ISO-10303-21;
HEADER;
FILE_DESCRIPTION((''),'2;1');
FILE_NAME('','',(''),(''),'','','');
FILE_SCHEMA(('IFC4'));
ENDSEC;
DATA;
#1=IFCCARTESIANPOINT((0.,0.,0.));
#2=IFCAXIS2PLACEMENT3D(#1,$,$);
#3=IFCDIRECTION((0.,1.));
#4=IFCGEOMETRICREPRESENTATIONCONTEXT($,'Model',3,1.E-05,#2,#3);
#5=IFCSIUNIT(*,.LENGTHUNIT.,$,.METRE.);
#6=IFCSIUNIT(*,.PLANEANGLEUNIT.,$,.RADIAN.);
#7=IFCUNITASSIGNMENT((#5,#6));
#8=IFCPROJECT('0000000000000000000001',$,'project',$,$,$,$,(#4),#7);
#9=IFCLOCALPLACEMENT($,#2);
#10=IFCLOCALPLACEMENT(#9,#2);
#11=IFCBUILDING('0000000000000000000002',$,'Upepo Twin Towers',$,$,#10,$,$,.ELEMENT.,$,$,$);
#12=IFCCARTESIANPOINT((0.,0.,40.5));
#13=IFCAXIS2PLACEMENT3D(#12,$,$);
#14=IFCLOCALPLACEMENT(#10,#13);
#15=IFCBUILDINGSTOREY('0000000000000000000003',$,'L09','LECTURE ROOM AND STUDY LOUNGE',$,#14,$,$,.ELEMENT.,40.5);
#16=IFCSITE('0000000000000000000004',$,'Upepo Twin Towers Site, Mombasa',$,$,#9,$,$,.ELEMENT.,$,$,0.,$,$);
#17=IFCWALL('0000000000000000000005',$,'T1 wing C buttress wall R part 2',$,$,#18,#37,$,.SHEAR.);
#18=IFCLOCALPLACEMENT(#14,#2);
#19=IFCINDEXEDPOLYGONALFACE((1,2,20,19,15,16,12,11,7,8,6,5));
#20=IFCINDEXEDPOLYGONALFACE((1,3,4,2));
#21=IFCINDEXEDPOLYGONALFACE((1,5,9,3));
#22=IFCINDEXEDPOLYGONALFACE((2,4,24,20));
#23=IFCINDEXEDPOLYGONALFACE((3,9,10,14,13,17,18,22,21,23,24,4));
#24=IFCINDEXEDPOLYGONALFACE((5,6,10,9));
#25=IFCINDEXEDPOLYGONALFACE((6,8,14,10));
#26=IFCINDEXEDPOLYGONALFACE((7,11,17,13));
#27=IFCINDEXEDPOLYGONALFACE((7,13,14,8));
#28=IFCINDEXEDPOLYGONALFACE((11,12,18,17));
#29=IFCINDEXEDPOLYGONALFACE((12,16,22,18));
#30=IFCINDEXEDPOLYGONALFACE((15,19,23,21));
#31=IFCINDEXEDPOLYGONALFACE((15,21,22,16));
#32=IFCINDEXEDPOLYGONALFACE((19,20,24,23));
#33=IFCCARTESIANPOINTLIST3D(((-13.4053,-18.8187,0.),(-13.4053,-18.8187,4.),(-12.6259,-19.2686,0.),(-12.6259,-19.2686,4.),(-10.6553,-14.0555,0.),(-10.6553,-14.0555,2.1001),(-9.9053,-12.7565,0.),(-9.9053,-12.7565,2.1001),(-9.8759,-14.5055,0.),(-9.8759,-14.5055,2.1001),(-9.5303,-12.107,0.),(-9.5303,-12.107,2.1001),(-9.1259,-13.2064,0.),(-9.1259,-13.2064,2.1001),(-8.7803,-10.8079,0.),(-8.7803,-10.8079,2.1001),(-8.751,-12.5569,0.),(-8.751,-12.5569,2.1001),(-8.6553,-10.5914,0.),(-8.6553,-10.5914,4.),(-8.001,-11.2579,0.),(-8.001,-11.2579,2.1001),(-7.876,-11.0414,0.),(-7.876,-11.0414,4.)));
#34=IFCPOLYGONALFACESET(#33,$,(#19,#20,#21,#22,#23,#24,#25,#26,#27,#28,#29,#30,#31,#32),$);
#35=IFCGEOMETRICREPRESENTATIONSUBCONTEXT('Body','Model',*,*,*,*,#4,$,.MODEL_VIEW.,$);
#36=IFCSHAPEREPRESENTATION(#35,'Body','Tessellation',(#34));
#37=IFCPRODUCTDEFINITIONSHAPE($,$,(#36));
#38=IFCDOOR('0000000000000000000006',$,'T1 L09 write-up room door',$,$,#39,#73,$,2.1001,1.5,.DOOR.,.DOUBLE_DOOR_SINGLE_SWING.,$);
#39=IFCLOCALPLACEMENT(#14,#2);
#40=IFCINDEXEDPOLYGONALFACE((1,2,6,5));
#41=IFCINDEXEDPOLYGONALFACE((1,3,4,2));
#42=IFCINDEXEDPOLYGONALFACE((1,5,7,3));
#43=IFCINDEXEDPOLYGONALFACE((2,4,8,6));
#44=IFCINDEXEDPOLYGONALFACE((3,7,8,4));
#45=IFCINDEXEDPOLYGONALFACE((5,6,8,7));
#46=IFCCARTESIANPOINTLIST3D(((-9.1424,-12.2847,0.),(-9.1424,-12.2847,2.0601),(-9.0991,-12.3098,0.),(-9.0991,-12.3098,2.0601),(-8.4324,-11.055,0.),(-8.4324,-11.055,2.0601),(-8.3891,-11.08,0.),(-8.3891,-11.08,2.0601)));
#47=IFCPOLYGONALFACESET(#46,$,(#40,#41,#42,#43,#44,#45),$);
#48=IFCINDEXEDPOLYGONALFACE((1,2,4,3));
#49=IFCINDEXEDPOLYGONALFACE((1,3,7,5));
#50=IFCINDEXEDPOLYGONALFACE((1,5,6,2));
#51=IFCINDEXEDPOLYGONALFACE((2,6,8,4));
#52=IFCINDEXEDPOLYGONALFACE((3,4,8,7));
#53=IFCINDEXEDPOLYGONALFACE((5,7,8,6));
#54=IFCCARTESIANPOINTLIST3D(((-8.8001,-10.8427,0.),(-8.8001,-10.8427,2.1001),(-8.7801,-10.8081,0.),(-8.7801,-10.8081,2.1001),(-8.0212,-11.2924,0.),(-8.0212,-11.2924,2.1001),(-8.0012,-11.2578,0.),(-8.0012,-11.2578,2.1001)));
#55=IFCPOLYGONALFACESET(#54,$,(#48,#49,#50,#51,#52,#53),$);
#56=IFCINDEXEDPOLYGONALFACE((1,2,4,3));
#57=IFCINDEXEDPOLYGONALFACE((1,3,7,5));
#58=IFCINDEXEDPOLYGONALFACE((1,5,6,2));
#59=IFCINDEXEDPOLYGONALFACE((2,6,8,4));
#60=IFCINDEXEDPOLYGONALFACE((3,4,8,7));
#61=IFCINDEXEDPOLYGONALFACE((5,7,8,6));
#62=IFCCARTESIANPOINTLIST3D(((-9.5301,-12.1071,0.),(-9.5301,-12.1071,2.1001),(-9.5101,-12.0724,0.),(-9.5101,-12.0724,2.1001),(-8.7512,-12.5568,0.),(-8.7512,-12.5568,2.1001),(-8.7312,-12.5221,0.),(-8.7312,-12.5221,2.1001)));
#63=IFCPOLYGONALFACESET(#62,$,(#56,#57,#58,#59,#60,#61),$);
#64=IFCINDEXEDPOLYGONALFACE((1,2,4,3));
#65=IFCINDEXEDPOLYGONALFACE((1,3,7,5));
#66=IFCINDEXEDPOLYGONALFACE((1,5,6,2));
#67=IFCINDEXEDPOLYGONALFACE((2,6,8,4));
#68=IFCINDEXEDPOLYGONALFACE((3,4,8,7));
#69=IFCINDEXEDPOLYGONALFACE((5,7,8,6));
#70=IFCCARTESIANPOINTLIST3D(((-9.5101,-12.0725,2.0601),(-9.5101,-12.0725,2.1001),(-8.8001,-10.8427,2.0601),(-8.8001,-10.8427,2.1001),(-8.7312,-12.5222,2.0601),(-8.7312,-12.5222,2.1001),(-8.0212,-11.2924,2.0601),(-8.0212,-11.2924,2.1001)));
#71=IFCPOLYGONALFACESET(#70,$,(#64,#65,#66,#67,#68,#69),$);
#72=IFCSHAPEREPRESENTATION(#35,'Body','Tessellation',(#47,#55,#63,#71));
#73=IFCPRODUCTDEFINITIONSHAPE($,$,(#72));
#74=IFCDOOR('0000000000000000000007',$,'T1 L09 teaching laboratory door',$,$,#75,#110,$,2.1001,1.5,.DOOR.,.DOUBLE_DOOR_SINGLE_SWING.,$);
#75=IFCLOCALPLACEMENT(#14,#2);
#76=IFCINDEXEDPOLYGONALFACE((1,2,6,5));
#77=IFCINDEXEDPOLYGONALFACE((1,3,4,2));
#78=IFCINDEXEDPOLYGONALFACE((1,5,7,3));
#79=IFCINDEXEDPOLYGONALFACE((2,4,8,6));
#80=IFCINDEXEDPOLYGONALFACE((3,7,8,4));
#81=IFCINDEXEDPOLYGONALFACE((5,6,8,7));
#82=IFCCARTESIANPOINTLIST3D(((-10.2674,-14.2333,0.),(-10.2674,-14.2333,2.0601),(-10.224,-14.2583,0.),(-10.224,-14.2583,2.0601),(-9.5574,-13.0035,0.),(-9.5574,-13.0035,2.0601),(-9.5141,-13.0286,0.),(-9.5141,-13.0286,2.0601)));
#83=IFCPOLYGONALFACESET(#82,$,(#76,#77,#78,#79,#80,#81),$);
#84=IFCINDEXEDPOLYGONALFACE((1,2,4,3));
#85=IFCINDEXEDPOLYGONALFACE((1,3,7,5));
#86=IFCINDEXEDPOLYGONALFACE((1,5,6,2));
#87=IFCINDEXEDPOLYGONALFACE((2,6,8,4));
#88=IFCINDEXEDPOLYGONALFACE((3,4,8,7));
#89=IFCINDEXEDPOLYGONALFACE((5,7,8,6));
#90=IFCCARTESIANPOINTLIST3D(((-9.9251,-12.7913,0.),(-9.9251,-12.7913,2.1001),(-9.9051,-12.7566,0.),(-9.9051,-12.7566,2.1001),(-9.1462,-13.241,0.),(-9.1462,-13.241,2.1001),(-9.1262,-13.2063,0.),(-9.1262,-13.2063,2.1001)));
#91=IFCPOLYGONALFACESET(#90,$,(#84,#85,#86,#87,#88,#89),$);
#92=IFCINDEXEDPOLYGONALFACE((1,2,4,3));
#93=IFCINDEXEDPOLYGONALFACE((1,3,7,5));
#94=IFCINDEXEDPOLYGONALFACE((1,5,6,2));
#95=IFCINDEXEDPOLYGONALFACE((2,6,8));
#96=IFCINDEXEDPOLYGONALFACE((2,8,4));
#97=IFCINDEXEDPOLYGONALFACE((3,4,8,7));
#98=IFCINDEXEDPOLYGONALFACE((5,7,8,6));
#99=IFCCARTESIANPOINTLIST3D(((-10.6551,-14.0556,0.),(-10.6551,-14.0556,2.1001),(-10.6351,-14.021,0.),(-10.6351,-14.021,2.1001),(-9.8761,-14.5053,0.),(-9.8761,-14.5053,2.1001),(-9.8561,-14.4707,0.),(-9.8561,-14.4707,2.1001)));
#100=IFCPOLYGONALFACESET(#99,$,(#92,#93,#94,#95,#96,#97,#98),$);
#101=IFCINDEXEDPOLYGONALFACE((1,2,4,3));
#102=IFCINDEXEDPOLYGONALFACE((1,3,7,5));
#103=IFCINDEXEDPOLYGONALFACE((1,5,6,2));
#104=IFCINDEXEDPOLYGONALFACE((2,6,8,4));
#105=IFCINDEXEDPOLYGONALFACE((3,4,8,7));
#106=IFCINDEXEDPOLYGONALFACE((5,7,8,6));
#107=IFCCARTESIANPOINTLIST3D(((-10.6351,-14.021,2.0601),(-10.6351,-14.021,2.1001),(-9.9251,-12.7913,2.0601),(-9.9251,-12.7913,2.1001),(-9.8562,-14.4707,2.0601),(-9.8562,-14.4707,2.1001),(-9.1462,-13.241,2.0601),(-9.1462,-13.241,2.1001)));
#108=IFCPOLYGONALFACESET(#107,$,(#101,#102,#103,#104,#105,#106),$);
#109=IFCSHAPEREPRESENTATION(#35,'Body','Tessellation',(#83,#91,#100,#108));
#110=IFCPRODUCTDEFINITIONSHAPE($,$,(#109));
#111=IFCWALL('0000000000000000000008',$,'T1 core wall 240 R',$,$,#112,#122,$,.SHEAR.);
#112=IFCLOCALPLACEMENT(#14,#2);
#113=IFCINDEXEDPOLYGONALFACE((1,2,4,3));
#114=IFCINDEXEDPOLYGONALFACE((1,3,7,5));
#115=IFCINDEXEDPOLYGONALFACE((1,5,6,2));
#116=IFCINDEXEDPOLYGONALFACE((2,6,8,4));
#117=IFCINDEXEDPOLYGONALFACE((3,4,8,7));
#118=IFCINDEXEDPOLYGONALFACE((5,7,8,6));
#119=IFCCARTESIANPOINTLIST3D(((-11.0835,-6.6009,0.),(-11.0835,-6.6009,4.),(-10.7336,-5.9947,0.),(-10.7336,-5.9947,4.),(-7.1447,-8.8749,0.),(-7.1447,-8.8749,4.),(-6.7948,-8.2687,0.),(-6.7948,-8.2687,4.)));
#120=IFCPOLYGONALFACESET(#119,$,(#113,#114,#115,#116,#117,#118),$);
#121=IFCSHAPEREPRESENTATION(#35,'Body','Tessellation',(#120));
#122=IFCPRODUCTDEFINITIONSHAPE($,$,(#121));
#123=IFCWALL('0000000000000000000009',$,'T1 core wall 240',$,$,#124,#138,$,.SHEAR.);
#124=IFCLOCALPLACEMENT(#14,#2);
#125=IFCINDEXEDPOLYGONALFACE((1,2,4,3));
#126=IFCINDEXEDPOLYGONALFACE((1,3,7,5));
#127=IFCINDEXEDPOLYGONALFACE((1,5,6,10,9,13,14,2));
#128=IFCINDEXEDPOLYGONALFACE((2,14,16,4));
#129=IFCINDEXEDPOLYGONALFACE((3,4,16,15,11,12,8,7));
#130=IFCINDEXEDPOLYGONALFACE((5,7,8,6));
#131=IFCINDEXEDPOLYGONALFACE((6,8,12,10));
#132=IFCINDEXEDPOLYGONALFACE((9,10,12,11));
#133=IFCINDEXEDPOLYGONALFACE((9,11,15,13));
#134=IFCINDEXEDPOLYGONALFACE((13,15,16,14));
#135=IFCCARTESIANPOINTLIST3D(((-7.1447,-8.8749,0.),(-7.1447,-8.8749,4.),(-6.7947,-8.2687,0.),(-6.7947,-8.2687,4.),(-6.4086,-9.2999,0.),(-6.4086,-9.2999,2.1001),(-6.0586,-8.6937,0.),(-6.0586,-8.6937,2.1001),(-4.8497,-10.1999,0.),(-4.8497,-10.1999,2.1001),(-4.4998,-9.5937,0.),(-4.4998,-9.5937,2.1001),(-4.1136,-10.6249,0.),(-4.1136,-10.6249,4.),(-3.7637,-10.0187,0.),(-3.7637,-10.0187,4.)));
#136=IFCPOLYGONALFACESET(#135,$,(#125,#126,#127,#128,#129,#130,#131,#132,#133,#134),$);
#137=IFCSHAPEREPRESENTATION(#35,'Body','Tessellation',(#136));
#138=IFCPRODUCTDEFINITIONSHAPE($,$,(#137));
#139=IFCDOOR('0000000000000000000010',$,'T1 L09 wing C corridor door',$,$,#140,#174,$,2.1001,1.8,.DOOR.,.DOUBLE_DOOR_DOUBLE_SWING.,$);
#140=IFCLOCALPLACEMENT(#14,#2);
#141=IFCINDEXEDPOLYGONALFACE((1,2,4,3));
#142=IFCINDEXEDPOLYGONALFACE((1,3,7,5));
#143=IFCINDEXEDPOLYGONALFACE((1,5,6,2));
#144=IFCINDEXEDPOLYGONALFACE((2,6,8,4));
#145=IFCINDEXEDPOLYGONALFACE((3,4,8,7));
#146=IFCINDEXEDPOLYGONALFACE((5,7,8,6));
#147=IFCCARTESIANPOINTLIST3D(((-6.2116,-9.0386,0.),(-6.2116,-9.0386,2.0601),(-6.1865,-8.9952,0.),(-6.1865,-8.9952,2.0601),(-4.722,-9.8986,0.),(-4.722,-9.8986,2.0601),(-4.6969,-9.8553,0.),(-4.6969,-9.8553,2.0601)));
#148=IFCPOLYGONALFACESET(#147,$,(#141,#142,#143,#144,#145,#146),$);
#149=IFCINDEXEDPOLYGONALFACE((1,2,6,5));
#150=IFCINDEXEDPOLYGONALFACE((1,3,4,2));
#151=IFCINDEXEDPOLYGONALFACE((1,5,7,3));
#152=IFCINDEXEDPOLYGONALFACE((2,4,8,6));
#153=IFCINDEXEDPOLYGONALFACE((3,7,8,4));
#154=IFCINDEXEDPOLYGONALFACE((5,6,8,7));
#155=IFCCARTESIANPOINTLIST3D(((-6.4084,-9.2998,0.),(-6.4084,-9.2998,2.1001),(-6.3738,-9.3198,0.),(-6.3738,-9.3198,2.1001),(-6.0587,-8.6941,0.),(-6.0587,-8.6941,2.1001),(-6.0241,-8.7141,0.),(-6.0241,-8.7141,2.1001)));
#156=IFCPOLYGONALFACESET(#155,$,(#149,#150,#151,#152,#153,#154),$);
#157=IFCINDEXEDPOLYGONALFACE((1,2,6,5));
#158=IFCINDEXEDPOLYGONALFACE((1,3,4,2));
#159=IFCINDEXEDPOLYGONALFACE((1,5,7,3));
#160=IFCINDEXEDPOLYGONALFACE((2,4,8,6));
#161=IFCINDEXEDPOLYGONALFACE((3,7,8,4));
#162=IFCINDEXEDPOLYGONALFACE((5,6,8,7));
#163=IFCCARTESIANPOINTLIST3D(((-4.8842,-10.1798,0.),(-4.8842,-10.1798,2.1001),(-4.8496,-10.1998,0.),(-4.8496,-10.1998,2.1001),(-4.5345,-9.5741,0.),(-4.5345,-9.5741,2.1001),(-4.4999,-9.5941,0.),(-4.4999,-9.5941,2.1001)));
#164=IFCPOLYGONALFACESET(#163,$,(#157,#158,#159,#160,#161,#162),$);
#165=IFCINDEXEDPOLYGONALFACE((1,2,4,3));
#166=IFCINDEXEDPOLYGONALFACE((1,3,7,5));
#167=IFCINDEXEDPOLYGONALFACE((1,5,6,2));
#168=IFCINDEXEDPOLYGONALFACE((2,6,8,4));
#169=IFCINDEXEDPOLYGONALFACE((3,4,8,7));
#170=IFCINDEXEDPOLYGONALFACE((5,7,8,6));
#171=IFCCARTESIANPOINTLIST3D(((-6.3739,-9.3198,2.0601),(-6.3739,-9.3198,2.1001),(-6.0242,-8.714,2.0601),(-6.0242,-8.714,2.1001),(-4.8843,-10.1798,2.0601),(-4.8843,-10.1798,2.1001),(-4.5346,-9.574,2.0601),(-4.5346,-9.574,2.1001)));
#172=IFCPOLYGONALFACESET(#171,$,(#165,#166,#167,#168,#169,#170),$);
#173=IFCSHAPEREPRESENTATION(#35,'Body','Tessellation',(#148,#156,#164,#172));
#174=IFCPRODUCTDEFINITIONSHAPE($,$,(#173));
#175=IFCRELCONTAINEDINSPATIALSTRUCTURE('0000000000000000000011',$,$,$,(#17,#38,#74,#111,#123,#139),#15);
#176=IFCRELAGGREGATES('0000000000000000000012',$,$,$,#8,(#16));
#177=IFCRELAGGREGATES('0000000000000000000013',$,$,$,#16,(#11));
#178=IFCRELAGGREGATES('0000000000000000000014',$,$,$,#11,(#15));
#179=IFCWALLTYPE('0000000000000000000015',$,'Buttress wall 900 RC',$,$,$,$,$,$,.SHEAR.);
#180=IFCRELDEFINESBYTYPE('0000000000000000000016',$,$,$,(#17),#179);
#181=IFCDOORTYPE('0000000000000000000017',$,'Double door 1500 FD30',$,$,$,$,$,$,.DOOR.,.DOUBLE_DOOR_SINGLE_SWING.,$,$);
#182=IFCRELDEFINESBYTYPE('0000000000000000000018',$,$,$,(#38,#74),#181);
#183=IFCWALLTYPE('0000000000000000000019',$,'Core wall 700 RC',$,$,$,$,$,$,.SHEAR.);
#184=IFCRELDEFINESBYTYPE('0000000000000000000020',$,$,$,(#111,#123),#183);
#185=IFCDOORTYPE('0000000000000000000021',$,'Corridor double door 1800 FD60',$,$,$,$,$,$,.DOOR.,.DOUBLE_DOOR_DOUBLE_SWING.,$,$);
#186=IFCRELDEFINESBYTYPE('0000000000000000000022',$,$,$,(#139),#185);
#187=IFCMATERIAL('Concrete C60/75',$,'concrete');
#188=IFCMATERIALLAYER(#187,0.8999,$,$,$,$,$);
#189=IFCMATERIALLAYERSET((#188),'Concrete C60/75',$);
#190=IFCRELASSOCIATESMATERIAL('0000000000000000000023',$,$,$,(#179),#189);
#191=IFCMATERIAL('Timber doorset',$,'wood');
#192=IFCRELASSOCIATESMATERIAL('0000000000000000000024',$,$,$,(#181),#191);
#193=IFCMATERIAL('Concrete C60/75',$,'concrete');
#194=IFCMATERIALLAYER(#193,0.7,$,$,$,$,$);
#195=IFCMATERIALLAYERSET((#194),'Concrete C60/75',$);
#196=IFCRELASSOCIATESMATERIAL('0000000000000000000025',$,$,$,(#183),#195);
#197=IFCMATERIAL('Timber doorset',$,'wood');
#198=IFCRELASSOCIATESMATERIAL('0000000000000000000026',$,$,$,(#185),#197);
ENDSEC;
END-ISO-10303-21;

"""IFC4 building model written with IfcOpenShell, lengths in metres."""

from ifc_helpers import new_model, si_unit, direction, frame, frame_2d, origin, place, context, subcontext, project, spatial, rectangle, extrude, material, layer, layer_set, type_object, element, fill, save


model = new_model("IFC4")

# Units and contexts
model_context = context("Model", 3, precision=1e-05, world=origin(), true_north=direction((0.0, 1.0)))
body_context = subcontext(model_context, "Body", "Model", "MODEL_VIEW")
ifc_project = project(units=[si_unit("LENGTHUNIT", "METRE"), si_unit("PLANEANGLEUNIT", "RADIAN")], contexts=[model_context])

# Site, building, storey
site_placement = place(None, origin())
site = spatial("IfcSite", under=ifc_project, at=site_placement, Name="Upepo Twin Towers Site, Mombasa", CompositionType="ELEMENT", RefElevation=0.0)
building_placement = place(site_placement, origin())
building = spatial("IfcBuilding", under=site, at=building_placement, Name="Upepo Twin Towers", CompositionType="ELEMENT")
storey_placement = place(building_placement, frame((0.0, 0.0, 40.5)))
storey = spatial("IfcBuildingStorey", under=building, at=storey_placement, Name="L09", Description="LECTURE ROOM AND STUDY LOUNGE", CompositionType="ELEMENT", Elevation=40.5)

# Wall, openings, doors
ifc_material_1 = material(Name="Concrete C60/75", Category="concrete")
ifc_layer_1 = layer(ifc_material_1, 0.8999)
ifc_layer_set_1 = layer_set([ifc_layer_1], Name="Concrete C60/75")
wall_type_1 = type_object("IfcWallType", Name="Buttress wall 900 RC", PredefinedType="SHEAR", material=ifc_layer_set_1)
wall_1_placement = place(storey_placement, frame((-8.2656, -10.8164, 0.0), z_axis=(0.0, 0.0, 1.0), x_axis=(-0.499998, -0.866027, 0.0)))
wall_1 = element("IfcWall", 1, at=wall_1_placement, inside=storey, type_object=wall_type_1, Name="T1 wing C buttress wall R part 2", PredefinedType="SHEAR", context=body_context, shape_type="SweptSolid", body=[
    extrude(rectangle(XDim=9.5, YDim=0.8999, at=frame_2d((4.75, 0.0))), origin(), (0.0, 0.0, 1.0), 4.0),
])
opening_1_placement = place(wall_1_placement, frame((0.25, 0.0, 0.0)))
opening_1 = element("IfcOpeningElement", 2, at=opening_1_placement, cuts=wall_1, PredefinedType="OPENING", context=body_context, shape_type="SweptSolid", body=[
    extrude(rectangle(XDim=1.5, YDim=2.1001, at=frame_2d((0.75, 1.05))), frame((0.0, 0.46, 0.0), z_axis=(0.0, -1.0, 0.0), x_axis=(1.0, 0.0, 0.0)), (0.0, 0.0, 1.0), 0.9199),
])
opening_2_placement = place(wall_1_placement, frame((2.5, 0.0, 0.0)))
opening_2 = element("IfcOpeningElement", 3, at=opening_2_placement, cuts=wall_1, PredefinedType="OPENING", context=body_context, shape_type="SweptSolid", body=[
    extrude(rectangle(XDim=1.5, YDim=2.1001, at=frame_2d((0.75, 1.05))), frame((0.0, 0.46, 0.0), z_axis=(0.0, -1.0, 0.0), x_axis=(1.0, 0.0, 0.0)), (0.0, 0.0, 1.0), 0.9199),
])
ifc_material_2 = material(Name="Timber doorset", Category="wood")
door_type_1 = type_object("IfcDoorType", Name="Double door 1500 FD30", OperationType="DOUBLE_DOOR_SINGLE_SWING", PredefinedType="DOOR", material=ifc_material_2)
door_1_placement = place(opening_1_placement, origin())
door_1 = element("IfcDoor", 4, at=door_1_placement, inside=storey, type_object=door_type_1, Name="T1 L09 write-up room door", OperationType="DOUBLE_DOOR_SINGLE_SWING", OverallHeight=2.1001, OverallWidth=1.5, PredefinedType="DOOR", context=body_context, shape_type="SweptSolid", body=[
    extrude(rectangle(XDim=1.42, YDim=2.0601, at=frame_2d((0.75, 1.03))), frame((0.0, 0.0249, 0.0), z_axis=(0.0, -1.0, 0.0), x_axis=(1.0, 0.0, 0.0)), (0.0, 0.0, 1.0), 0.05),
    extrude(rectangle(XDim=0.04, YDim=2.1001, at=frame_2d((0.02, 1.05))), frame((0.0, 0.4497, 0.0), z_axis=(0.0, -1.0, 0.0), x_axis=(1.0, 0.0, 0.0)), (0.0, 0.0, 1.0), 0.8994),
    extrude(rectangle(XDim=0.04, YDim=2.1001, at=frame_2d((1.48, 1.05))), frame((0.0, 0.4497, 0.0), z_axis=(0.0, -1.0, 0.0), x_axis=(1.0, 0.0, 0.0)), (0.0, 0.0, 1.0), 0.8994),
    extrude(rectangle(XDim=1.42, YDim=0.04, at=frame_2d((0.75, 2.0801))), frame((0.0, 0.4497, 0.0), z_axis=(0.0, -1.0, 0.0), x_axis=(1.0, 0.0, 0.0)), (0.0, 0.0, 1.0), 0.8994),
])
fill(opening_1, door_1)
door_2_placement = place(opening_2_placement, origin())
door_2 = element("IfcDoor", 5, at=door_2_placement, inside=storey, type_object=door_type_1, Name="T1 L09 teaching laboratory door", OperationType="DOUBLE_DOOR_SINGLE_SWING", OverallHeight=2.1001, OverallWidth=1.5, PredefinedType="DOOR", context=body_context, shape_type="SweptSolid", body=[
    extrude(rectangle(XDim=1.42, YDim=2.0601, at=frame_2d((0.75, 1.03))), frame((0.0, 0.0249, 0.0), z_axis=(0.0, -1.0, 0.0), x_axis=(1.0, 0.0, 0.0)), (0.0, 0.0, 1.0), 0.05),
    extrude(rectangle(XDim=0.04, YDim=2.1001, at=frame_2d((0.02, 1.05))), frame((0.0, 0.4497, 0.0), z_axis=(0.0, -1.0, 0.0), x_axis=(1.0, 0.0, 0.0)), (0.0, 0.0, 1.0), 0.8994),
    extrude(rectangle(XDim=0.04, YDim=2.1001, at=frame_2d((1.48, 1.05))), frame((0.0, 0.4497, 0.0), z_axis=(0.0, -1.0, 0.0), x_axis=(1.0, 0.0, 0.0)), (0.0, 0.0, 1.0), 0.8994),
    extrude(rectangle(XDim=1.42, YDim=0.04, at=frame_2d((0.75, 2.0801))), frame((0.0, 0.4497, 0.0), z_axis=(0.0, -1.0, 0.0), x_axis=(1.0, 0.0, 0.0)), (0.0, 0.0, 1.0), 0.8994),
])
fill(opening_2, door_2)

# Wall
ifc_material_3 = material(Name="Concrete C60/75", Category="concrete")
ifc_layer_2 = layer(ifc_material_3, 0.7)
ifc_layer_set_2 = layer_set([ifc_layer_2], Name="Concrete C60/75")
wall_type_2 = type_object("IfcWallType", Name="Core wall 700 RC", PredefinedType="SHEAR", material=ifc_layer_set_2)
wall_2_placement = place(storey_placement, frame((-10.9084, -6.2979, 0.0), z_axis=(0.0, 0.0, 1.0), x_axis=(0.866035, -0.499984, 0.0)))
element("IfcWall", 6, at=wall_2_placement, inside=storey, type_object=wall_type_2, Name="T1 core wall 240 R", PredefinedType="SHEAR", context=body_context, shape_type="SweptSolid", body=[
    extrude(rectangle(XDim=4.5481, YDim=0.7, at=frame_2d((2.2739, 0.0))), origin(), (0.0, 0.0, 1.0), 4.0),
])

# Wall, opening, door
wall_3_placement = place(storey_placement, frame((-6.9697, -8.5718, 0.0), z_axis=(0.0, 0.0, 1.0), x_axis=(0.866019, -0.50001, 0.0)))
wall_3 = element("IfcWall", 7, at=wall_3_placement, inside=storey, type_object=wall_type_2, Name="T1 core wall 240", PredefinedType="SHEAR", context=body_context, shape_type="SweptSolid", body=[
    extrude(rectangle(XDim=3.5, YDim=0.7, at=frame_2d((1.75, 0.0))), origin(), (0.0, 0.0, 1.0), 4.0),
])
opening_3_placement = place(wall_3_placement, frame((0.8501, 0.0, 0.0)))
opening_3 = element("IfcOpeningElement", 8, at=opening_3_placement, cuts=wall_3, PredefinedType="OPENING", context=body_context, shape_type="SweptSolid", body=[
    extrude(rectangle(XDim=1.8, YDim=2.1001, at=frame_2d((0.8999, 1.05))), frame((0.0, 0.3599, 0.0), z_axis=(0.0, -1.0, 0.0), x_axis=(1.0, 0.0, 0.0)), (0.0, 0.0, 1.0), 0.72),
])
ifc_material_4 = material(Name="Timber doorset", Category="wood")
door_type_2 = type_object("IfcDoorType", Name="Corridor double door 1800 FD60", OperationType="DOUBLE_DOOR_DOUBLE_SWING", PredefinedType="DOOR", material=ifc_material_4)
door_3_placement = place(opening_3_placement, origin())
door_3 = element("IfcDoor", 9, at=door_3_placement, inside=storey, type_object=door_type_2, Name="T1 L09 wing C corridor door", OperationType="DOUBLE_DOOR_DOUBLE_SWING", OverallHeight=2.1001, OverallWidth=1.8, PredefinedType="DOOR", context=body_context, shape_type="SweptSolid", body=[
    extrude(rectangle(XDim=1.72, YDim=2.0601, at=frame_2d((0.8999, 1.03))), frame((0.0, 0.0249, 0.0), z_axis=(0.0, -1.0, 0.0), x_axis=(1.0, 0.0, 0.0)), (0.0, 0.0, 1.0), 0.05),
    extrude(rectangle(XDim=0.04, YDim=2.1001, at=frame_2d((0.02, 1.05))), frame((0.0, 0.3496, 0.0), z_axis=(0.0, -1.0, 0.0), x_axis=(1.0, 0.0, 0.0)), (0.0, 0.0, 1.0), 0.6995),
    extrude(rectangle(XDim=0.04, YDim=2.1001, at=frame_2d((1.78, 1.05))), frame((0.0, 0.3496, 0.0), z_axis=(0.0, -1.0, 0.0), x_axis=(1.0, 0.0, 0.0)), (0.0, 0.0, 1.0), 0.6995),
    extrude(rectangle(XDim=1.72, YDim=0.04, at=frame_2d((0.8999, 2.0801))), frame((0.0, 0.3496, 0.0), z_axis=(0.0, -1.0, 0.0), x_axis=(1.0, 0.0, 0.0)), (0.0, 0.0, 1.0), 0.6995),
])
fill(opening_3, door_3)

save(model, "model.ifc")
